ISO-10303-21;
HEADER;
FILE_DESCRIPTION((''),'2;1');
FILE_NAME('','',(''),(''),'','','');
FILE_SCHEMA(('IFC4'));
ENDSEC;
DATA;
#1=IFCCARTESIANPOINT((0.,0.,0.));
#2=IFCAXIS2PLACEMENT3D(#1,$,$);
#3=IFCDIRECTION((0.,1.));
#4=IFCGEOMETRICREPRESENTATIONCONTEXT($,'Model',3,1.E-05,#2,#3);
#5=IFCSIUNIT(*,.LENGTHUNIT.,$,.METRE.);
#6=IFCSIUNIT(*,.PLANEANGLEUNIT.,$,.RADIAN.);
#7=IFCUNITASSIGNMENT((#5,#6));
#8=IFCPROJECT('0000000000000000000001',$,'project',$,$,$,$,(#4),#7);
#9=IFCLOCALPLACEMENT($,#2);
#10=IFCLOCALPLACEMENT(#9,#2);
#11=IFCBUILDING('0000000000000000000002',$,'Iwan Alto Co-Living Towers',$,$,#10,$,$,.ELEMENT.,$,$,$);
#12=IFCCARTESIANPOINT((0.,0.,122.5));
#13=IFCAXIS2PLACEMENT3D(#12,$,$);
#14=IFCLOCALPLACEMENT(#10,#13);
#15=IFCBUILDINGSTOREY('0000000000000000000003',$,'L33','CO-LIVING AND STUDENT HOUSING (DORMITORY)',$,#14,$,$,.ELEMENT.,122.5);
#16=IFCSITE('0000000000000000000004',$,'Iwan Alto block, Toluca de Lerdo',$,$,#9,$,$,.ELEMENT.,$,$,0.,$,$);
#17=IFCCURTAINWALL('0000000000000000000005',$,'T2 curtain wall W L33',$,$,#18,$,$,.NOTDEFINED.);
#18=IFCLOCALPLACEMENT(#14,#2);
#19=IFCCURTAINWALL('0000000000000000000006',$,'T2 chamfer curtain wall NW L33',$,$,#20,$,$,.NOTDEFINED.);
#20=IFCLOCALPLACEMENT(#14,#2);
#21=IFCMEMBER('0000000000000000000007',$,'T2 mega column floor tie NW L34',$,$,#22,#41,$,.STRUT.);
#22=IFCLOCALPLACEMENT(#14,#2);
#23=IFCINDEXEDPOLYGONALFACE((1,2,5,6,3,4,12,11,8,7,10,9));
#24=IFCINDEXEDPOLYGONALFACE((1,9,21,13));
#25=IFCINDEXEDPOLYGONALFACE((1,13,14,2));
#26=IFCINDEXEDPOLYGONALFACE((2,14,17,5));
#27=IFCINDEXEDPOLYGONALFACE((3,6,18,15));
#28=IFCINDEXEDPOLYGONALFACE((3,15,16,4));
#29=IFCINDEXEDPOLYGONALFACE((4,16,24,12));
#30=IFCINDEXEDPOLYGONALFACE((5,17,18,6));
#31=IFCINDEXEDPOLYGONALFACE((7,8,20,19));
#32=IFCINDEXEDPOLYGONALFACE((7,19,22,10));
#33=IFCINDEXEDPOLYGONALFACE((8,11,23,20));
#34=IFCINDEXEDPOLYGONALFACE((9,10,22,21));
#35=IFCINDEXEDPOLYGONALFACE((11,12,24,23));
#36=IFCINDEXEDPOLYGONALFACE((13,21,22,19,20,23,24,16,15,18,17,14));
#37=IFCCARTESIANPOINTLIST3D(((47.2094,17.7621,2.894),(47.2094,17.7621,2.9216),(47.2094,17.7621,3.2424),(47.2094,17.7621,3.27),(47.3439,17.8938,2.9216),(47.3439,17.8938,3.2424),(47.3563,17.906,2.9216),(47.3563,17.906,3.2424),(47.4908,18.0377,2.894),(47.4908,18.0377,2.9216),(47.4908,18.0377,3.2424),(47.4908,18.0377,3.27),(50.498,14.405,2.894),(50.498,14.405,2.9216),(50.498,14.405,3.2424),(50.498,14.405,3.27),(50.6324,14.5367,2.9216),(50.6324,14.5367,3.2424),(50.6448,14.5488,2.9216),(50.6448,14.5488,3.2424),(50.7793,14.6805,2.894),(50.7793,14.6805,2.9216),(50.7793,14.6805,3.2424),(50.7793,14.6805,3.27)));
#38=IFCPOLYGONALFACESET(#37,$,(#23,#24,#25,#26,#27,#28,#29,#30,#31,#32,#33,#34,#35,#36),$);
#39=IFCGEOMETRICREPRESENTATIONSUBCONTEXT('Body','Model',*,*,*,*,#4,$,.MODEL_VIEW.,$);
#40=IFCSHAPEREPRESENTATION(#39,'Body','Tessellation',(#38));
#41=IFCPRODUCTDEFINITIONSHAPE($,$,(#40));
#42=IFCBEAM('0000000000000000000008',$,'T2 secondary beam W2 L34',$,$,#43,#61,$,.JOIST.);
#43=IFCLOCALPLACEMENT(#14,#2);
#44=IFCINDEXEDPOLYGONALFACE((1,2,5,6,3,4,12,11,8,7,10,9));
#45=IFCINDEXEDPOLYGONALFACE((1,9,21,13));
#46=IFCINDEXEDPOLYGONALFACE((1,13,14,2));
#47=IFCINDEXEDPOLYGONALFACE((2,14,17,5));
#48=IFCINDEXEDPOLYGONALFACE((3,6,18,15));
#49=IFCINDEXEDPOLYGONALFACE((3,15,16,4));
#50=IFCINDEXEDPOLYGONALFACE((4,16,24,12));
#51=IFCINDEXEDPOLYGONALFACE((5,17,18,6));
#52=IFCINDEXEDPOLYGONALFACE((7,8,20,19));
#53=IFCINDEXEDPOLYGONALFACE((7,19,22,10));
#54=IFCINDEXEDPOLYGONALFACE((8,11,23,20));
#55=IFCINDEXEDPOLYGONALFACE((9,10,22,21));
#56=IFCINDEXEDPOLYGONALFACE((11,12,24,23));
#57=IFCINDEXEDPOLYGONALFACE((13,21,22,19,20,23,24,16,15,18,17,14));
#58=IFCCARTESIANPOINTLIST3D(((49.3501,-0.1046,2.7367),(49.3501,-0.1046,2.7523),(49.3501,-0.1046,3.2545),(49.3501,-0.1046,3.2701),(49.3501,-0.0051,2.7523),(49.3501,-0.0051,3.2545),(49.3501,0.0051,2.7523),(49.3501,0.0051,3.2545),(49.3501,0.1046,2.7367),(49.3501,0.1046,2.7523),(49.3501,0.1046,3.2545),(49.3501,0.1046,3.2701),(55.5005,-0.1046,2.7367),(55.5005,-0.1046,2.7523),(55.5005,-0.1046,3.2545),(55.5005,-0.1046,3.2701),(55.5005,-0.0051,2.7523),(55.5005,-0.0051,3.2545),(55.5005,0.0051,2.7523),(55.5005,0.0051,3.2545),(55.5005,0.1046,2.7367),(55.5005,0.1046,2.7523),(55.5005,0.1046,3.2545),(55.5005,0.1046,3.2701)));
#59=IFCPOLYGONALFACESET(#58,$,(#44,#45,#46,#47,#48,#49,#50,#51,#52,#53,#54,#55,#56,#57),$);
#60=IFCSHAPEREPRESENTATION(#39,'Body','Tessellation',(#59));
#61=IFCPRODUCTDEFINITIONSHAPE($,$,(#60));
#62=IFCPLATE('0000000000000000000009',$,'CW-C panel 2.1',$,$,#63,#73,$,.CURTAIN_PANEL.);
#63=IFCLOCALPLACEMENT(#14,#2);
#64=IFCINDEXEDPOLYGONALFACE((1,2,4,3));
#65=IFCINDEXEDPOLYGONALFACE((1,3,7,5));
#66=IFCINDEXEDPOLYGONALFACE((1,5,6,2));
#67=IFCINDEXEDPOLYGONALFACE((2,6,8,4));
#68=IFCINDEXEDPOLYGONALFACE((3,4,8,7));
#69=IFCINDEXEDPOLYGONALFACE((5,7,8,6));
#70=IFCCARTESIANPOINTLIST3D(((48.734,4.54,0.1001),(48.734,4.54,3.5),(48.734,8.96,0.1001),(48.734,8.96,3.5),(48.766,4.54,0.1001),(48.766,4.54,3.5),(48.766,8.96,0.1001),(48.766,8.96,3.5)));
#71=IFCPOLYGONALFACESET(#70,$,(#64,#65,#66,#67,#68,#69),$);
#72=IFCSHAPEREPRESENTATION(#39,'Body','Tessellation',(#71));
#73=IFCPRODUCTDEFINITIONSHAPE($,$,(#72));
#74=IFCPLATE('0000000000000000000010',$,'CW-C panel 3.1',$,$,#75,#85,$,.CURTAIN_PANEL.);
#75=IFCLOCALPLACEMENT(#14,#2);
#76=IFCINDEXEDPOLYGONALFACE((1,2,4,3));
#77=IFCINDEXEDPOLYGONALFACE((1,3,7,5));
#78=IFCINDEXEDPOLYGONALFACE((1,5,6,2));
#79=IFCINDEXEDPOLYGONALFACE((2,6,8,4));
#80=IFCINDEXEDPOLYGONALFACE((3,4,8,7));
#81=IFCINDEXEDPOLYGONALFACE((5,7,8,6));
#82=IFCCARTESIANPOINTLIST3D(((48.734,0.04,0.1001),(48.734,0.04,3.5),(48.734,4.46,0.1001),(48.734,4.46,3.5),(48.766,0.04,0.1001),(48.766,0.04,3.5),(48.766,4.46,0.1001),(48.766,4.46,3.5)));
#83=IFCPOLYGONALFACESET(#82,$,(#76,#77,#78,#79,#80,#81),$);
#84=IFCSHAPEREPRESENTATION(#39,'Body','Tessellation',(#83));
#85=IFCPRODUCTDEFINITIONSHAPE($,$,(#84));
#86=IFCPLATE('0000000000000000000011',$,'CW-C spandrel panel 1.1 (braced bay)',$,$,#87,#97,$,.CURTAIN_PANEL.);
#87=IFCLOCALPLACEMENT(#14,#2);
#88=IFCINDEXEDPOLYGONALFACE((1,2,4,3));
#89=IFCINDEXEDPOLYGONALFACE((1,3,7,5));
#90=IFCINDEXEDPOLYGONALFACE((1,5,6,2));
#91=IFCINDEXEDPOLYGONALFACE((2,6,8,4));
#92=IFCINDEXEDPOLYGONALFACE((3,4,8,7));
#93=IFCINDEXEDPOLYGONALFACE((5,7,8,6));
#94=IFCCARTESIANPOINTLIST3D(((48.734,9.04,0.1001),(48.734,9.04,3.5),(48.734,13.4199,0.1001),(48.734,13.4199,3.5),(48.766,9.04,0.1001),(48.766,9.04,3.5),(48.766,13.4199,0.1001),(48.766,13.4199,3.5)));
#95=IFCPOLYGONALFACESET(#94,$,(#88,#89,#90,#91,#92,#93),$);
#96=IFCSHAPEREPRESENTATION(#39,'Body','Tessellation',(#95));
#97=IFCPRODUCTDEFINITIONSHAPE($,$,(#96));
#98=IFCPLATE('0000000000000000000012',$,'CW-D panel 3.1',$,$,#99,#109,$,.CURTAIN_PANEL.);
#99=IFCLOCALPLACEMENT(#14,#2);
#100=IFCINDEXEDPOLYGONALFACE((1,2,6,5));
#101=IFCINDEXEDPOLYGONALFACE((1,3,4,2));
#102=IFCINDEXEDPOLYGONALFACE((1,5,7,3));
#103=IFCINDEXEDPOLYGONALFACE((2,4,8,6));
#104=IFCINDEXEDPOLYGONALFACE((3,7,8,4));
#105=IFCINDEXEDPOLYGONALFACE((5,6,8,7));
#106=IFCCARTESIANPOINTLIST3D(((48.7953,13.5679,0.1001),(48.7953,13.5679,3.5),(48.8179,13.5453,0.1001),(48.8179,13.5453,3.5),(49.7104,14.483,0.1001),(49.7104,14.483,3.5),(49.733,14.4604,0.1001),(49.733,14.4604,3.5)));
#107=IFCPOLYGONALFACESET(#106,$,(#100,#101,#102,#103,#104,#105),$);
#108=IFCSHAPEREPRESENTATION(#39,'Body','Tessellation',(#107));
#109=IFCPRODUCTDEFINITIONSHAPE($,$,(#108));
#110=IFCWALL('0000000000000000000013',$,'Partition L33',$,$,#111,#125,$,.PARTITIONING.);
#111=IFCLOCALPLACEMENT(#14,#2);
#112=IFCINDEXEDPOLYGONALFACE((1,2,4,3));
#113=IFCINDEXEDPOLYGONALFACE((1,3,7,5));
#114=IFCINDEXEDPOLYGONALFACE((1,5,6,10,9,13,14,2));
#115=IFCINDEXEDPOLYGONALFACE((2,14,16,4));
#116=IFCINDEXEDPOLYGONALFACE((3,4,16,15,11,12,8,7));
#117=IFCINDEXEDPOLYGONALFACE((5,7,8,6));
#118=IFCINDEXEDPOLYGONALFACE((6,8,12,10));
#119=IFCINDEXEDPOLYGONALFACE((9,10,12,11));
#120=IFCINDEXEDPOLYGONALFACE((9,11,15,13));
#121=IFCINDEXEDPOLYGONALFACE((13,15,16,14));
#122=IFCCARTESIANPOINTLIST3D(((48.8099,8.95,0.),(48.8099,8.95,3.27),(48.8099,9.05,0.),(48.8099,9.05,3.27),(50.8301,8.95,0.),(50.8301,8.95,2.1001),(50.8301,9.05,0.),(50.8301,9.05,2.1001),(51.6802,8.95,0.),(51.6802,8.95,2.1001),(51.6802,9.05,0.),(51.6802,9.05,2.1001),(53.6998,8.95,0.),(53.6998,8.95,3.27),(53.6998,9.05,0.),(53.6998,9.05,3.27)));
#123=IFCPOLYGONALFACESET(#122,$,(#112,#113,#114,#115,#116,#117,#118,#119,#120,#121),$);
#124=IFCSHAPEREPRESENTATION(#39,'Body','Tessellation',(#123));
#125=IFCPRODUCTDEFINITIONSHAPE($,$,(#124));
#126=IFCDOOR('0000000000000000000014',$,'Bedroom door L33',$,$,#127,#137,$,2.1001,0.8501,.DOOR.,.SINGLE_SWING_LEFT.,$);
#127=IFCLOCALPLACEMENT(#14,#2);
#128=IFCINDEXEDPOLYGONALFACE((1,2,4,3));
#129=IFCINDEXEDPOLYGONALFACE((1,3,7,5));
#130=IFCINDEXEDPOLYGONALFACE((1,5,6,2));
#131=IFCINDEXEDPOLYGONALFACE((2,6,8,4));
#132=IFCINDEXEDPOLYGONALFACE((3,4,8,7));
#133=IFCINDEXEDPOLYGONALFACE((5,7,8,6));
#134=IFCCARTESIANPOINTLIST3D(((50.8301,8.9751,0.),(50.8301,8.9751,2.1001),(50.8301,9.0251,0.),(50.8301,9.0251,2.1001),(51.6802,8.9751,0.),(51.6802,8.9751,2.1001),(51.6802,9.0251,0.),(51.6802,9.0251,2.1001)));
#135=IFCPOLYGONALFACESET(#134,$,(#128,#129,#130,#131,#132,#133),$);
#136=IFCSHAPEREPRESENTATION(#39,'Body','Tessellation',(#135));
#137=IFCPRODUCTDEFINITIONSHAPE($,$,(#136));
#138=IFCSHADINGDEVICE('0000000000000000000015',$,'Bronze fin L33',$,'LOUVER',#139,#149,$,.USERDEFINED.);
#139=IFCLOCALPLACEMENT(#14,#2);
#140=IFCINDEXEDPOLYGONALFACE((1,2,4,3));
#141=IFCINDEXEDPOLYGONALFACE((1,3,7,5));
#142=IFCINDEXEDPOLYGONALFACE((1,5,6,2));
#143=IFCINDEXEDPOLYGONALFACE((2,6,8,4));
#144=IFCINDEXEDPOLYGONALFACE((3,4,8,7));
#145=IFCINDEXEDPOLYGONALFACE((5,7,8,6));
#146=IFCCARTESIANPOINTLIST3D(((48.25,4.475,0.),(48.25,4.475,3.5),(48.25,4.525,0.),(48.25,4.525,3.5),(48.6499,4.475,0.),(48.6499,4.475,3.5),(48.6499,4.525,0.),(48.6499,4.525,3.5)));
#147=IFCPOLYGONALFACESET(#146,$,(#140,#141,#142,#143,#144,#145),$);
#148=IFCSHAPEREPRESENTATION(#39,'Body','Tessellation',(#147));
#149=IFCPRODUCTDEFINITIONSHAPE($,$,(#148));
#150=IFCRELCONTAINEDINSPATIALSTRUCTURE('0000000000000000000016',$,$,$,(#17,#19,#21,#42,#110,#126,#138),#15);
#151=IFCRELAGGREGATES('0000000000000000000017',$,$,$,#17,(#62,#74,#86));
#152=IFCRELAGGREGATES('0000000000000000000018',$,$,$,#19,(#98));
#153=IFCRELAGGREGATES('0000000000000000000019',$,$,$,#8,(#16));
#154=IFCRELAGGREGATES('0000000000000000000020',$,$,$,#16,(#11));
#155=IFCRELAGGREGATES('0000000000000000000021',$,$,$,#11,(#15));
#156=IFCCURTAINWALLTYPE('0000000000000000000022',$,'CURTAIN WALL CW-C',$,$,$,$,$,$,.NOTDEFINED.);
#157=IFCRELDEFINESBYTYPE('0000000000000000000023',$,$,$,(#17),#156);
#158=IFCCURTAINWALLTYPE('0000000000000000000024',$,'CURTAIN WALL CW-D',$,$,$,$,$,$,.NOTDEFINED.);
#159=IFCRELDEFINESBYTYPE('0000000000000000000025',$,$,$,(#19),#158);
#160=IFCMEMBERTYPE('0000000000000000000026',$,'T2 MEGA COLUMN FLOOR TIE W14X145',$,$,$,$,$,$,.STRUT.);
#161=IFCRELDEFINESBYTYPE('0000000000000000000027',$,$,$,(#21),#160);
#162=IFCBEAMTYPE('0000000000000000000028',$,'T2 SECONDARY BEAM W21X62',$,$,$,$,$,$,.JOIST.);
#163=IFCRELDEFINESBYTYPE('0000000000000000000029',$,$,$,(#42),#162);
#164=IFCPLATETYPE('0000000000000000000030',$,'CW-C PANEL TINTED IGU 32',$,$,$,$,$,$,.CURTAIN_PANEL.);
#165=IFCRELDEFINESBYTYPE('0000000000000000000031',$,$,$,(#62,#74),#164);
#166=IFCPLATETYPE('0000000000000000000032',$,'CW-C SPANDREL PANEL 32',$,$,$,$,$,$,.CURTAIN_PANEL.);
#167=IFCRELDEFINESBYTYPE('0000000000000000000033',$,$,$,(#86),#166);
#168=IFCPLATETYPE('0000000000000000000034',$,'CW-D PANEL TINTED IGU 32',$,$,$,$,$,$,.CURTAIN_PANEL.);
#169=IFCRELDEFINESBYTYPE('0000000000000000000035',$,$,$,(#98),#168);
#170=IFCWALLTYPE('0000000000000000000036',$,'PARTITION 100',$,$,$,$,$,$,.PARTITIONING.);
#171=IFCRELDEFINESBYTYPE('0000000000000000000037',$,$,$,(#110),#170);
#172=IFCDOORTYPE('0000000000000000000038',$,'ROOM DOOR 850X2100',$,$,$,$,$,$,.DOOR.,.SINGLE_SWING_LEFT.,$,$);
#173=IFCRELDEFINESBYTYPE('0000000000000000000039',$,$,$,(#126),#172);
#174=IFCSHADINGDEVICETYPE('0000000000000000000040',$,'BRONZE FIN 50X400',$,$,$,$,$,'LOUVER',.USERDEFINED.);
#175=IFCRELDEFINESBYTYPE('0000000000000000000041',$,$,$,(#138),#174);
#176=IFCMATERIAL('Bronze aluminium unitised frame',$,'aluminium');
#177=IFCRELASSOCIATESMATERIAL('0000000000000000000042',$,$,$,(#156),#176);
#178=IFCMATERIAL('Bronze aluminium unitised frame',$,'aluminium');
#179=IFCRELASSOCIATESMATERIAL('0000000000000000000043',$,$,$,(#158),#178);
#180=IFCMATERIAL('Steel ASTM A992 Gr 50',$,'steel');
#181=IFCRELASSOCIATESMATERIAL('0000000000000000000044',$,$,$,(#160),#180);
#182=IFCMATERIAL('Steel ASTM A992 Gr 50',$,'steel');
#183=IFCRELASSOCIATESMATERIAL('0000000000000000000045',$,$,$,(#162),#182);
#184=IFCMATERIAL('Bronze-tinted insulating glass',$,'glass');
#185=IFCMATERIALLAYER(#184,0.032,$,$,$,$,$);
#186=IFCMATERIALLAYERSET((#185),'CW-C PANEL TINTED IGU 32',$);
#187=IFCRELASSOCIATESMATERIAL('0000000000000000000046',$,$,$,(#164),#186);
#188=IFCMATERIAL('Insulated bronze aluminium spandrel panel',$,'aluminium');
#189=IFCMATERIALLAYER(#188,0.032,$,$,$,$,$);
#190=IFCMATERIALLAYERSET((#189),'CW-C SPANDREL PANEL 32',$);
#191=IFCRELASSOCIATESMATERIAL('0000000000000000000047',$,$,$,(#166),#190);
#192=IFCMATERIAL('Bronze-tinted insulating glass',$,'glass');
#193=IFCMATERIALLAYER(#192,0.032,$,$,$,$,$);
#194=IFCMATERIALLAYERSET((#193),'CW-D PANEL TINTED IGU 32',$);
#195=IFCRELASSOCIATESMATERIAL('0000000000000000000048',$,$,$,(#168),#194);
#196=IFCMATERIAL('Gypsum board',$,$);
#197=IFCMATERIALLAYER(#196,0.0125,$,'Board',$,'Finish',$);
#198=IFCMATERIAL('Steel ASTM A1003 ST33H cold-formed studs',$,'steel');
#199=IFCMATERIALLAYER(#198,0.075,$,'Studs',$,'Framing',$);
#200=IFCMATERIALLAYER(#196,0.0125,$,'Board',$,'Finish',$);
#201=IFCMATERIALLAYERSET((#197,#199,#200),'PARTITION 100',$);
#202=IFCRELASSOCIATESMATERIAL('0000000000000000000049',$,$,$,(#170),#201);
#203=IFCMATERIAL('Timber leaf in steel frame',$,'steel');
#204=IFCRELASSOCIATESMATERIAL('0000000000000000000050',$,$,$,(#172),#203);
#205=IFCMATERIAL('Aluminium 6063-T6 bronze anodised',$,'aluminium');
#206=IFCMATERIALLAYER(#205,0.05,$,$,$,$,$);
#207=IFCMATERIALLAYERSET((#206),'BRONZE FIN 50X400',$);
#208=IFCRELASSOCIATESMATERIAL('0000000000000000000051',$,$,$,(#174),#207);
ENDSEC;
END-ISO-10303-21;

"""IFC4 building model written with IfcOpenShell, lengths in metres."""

from ifc_helpers import new_model, si_unit, direction, frame, frame_2d, origin, origin_2d, place, context, subcontext, project, spatial, rectangle, i_section, extrude, material, layer, layer_set, material_profile, profile_set, type_object, element, fill, aggregate, save


model = new_model("IFC4")

# Units and contexts
model_context = context("Model", 3, precision=1e-05, world=origin(), true_north=direction((0.0, 1.0)))
body_context = subcontext(model_context, "Body", "Model", "MODEL_VIEW")
ifc_project = project(units=[si_unit("LENGTHUNIT", "METRE"), si_unit("PLANEANGLEUNIT", "RADIAN")], contexts=[model_context])

# Site, building, storey
site_placement = place(None, origin())
site = spatial("IfcSite", under=ifc_project, at=site_placement, Name="Iwan Alto block, Toluca de Lerdo", CompositionType="ELEMENT", RefElevation=0.0)
building_placement = place(site_placement, origin())
building = spatial("IfcBuilding", under=site, at=building_placement, Name="Iwan Alto Co-Living Towers", CompositionType="ELEMENT")
storey_placement = place(building_placement, frame((0.0, 0.0, 122.5)))
storey = spatial("IfcBuildingStorey", under=building, at=storey_placement, Name="L33", Description="CO-LIVING AND STUDENT HOUSING (DORMITORY)", CompositionType="ELEMENT", Elevation=122.5)

# Curtain wall
ifc_material_1 = material(Name="Bronze aluminium unitised frame", Category="aluminium")
curtain_wall_type_1 = type_object("IfcCurtainWallType", Name="CURTAIN WALL CW-C", PredefinedType="NOTDEFINED", material=ifc_material_1)
curtain_wall_1_placement = place(storey_placement, origin())
curtain_wall_1 = element("IfcCurtainWall", 1, at=curtain_wall_1_placement, inside=storey, type_object=curtain_wall_type_1, Name="T2 curtain wall W L33", PredefinedType="NOTDEFINED")

# Curtain wall
ifc_material_2 = material(Name="Bronze aluminium unitised frame", Category="aluminium")
curtain_wall_type_2 = type_object("IfcCurtainWallType", Name="CURTAIN WALL CW-D", PredefinedType="NOTDEFINED", material=ifc_material_2)
curtain_wall_2_placement = place(storey_placement, origin())
curtain_wall_2 = element("IfcCurtainWall", 2, at=curtain_wall_2_placement, inside=storey, type_object=curtain_wall_type_2, Name="T2 chamfer curtain wall NW L33", PredefinedType="NOTDEFINED")

# Member
ifc_material_3 = material(Name="Steel ASTM A992 Gr 50", Category="steel")
ifc_material_profile_1 = material_profile(ifc_material_3, i_section(OverallWidth=0.3938, OverallDepth=0.376, WebThickness=0.0173, FlangeThickness=0.0276, at=origin_2d()), Name="W14X145")
ifc_profile_set_1 = profile_set([ifc_material_profile_1], Name="Steel ASTM A992 Gr 50")
member_type_1 = type_object("IfcMemberType", Name="T2 MEGA COLUMN FLOOR TIE W14X145", PredefinedType="STRUT", material=ifc_profile_set_1)
member_1_placement = place(storey_placement, frame((47.3501, 17.8999, 3.082), z_axis=(0.69977, -0.714368, 0.0), x_axis=(0.714368, 0.69977, 0.0)))
element("IfcMember", 3, at=member_1_placement, inside=storey, type_object=member_type_1, Name="T2 mega column floor tie NW L34", PredefinedType="STRUT", context=body_context, shape_type="SweptSolid", body=[
    extrude(i_section(OverallWidth=0.3938, OverallDepth=0.376, WebThickness=0.0173, FlangeThickness=0.0276, at=origin_2d()), origin(), (0.0, 0.0, 1.0), 4.6995),
])

# Beam
ifc_material_4 = material(Name="Steel ASTM A992 Gr 50", Category="steel")
ifc_material_profile_2 = material_profile(ifc_material_4, i_section(OverallWidth=0.2092, OverallDepth=0.5334, WebThickness=0.0103, FlangeThickness=0.0156, at=origin_2d()), Name="W21X62")
ifc_profile_set_2 = profile_set([ifc_material_profile_2], Name="Steel ASTM A992 Gr 50")
beam_type = type_object("IfcBeamType", Name="T2 SECONDARY BEAM W21X62", PredefinedType="JOIST", material=ifc_profile_set_2)
beam_placement = place(storey_placement, frame((49.3501, 0.0, 3.0034), z_axis=(1.0, 0.0, 0.0), x_axis=(0.0, 1.0, 0.0)))
element("IfcBeam", 4, at=beam_placement, inside=storey, type_object=beam_type, Name="T2 secondary beam W2 L34", PredefinedType="JOIST", context=body_context, shape_type="SweptSolid", body=[
    extrude(i_section(OverallWidth=0.2092, OverallDepth=0.5334, WebThickness=0.0103, FlangeThickness=0.0156, at=origin_2d()), origin(), (0.0, 0.0, 1.0), 6.1504),
])

# Plates
ifc_material_5 = material(Name="Bronze-tinted insulating glass", Category="glass")
ifc_layer_1 = layer(ifc_material_5, 0.032)
ifc_layer_set_1 = layer_set([ifc_layer_1], Name="CW-C PANEL TINTED IGU 32")
plate_type_1 = type_object("IfcPlateType", Name="CW-C PANEL TINTED IGU 32", PredefinedType="CURTAIN_PANEL", material=ifc_layer_set_1)
plate_1_placement = place(storey_placement, frame((48.75, 6.75, 0.1001), z_axis=(0.0, 0.0, 1.0), x_axis=(0.0, -1.0, 0.0)))
plate_1 = element("IfcPlate", 5, at=plate_1_placement, type_object=plate_type_1, Name="CW-C panel 2.1", PredefinedType="CURTAIN_PANEL", context=body_context, shape_type="SweptSolid", body=[
    extrude(rectangle(XDim=4.4199, YDim=0.032, at=origin_2d()), origin(), (0.0, 0.0, 1.0), 3.3999),
])
plate_2_placement = place(storey_placement, frame((48.75, 2.25, 0.1001), z_axis=(0.0, 0.0, 1.0), x_axis=(0.0, -1.0, 0.0)))
plate_2 = element("IfcPlate", 6, at=plate_2_placement, type_object=plate_type_1, Name="CW-C panel 3.1", PredefinedType="CURTAIN_PANEL", context=body_context, shape_type="SweptSolid", body=[
    extrude(rectangle(XDim=4.4199, YDim=0.032, at=origin_2d()), origin(), (0.0, 0.0, 1.0), 3.3999),
])
ifc_material_6 = material(Name="Insulated bronze aluminium spandrel panel", Category="aluminium")
ifc_layer_2 = layer(ifc_material_6, 0.032)
ifc_layer_set_2 = layer_set([ifc_layer_2], Name="CW-C SPANDREL PANEL 32")
plate_type_2 = type_object("IfcPlateType", Name="CW-C SPANDREL PANEL 32", PredefinedType="CURTAIN_PANEL", material=ifc_layer_set_2)
plate_3_placement = place(storey_placement, frame((48.75, 11.23, 0.1001), z_axis=(0.0, 0.0, 1.0), x_axis=(0.0, -1.0, 0.0)))
plate_3 = element("IfcPlate", 7, at=plate_3_placement, type_object=plate_type_2, Name="CW-C spandrel panel 1.1 (braced bay)", PredefinedType="CURTAIN_PANEL", context=body_context, shape_type="SweptSolid", body=[
    extrude(rectangle(XDim=4.3799, YDim=0.032, at=origin_2d()), origin(), (0.0, 0.0, 1.0), 3.3999),
])
aggregate(curtain_wall_1, [plate_1, plate_2, plate_3])
ifc_material_7 = material(Name="Bronze-tinted insulating glass", Category="glass")
ifc_layer_3 = layer(ifc_material_7, 0.032)
ifc_layer_set_3 = layer_set([ifc_layer_3], Name="CW-D PANEL TINTED IGU 32")
plate_type_3 = type_object("IfcPlateType", Name="CW-D PANEL TINTED IGU 32", PredefinedType="CURTAIN_PANEL", material=ifc_layer_set_3)
plate_4_placement = place(storey_placement, frame((49.2642, 14.0142, 0.1001), z_axis=(0.0, 0.0, 1.0), x_axis=(-0.707107, -0.707107, 0.0)))
plate_4 = element("IfcPlate", 8, at=plate_4_placement, type_object=plate_type_3, Name="CW-D panel 3.1", PredefinedType="CURTAIN_PANEL", context=body_context, shape_type="SweptSolid", body=[
    extrude(rectangle(XDim=1.2942, YDim=0.032, at=origin_2d()), origin(), (0.0, 0.0, 1.0), 3.3999),
])
aggregate(curtain_wall_2, [plate_4])

# Wall, opening, door
ifc_material_8 = material(Name="Gypsum board")
ifc_layer_4 = layer(ifc_material_8, 0.0125, Name="Board", Category="Finish")
ifc_material_9 = material(Name="Steel ASTM A1003 ST33H cold-formed studs", Category="steel")
ifc_layer_5 = layer(ifc_material_9, 0.075, Name="Studs", Category="Framing")
ifc_layer_6 = layer(ifc_material_8, 0.0125, Name="Board", Category="Finish")
ifc_layer_set_4 = layer_set([ifc_layer_4, ifc_layer_5, ifc_layer_6], Name="PARTITION 100")
wall_type = type_object("IfcWallType", Name="PARTITION 100", PredefinedType="PARTITIONING", material=ifc_layer_set_4)
wall_placement = place(storey_placement, frame((48.8101, 9.0, 0.0), z_axis=(0.0, 0.0, 1.0), x_axis=(1.0, 0.0, 0.0)))
wall = element("IfcWall", 9, at=wall_placement, inside=storey, type_object=wall_type, Name="Partition L33", PredefinedType="PARTITIONING", context=body_context, shape_type="SweptSolid", body=[
    extrude(rectangle(XDim=4.8899, YDim=0.1001, at=frame_2d((2.4448, 0.0))), origin(), (0.0, 0.0, 1.0), 3.27),
])
opening_placement = place(wall_placement, frame((2.02, 0.0, 0.0)))
opening = element("IfcOpeningElement", 10, at=opening_placement, cuts=wall, PredefinedType="OPENING", context=body_context, shape_type="SweptSolid", body=[
    extrude(rectangle(XDim=0.8501, YDim=2.1001, at=frame_2d((0.425, 1.05))), frame((0.0, 0.0601, 0.0), z_axis=(0.0, -1.0, 0.0), x_axis=(1.0, 0.0, 0.0)), (0.0, 0.0, 1.0), 0.1201),
])
ifc_material_10 = material(Name="Timber leaf in steel frame", Category="steel")
door_type = type_object("IfcDoorType", Name="ROOM DOOR 850X2100", OperationType="SINGLE_SWING_LEFT", PredefinedType="DOOR", material=ifc_material_10)
door_placement = place(opening_placement, frame((0.8501, 0.0, 0.0), z_axis=(0.0, 0.0, 1.0), x_axis=(-1.0, 0.0, 0.0)))
door = element("IfcDoor", 11, at=door_placement, inside=storey, type_object=door_type, Name="Bedroom door L33", OperationType="SINGLE_SWING_LEFT", OverallHeight=2.1001, OverallWidth=0.8501, PredefinedType="DOOR", context=body_context, shape_type="SweptSolid", body=[
    extrude(rectangle(XDim=0.8501, YDim=2.1001, at=frame_2d((0.425, 1.05))), frame((0.0, 0.0249, 0.0), z_axis=(0.0, -1.0, 0.0), x_axis=(1.0, 0.0, 0.0)), (0.0, 0.0, 1.0), 0.05),
])
fill(opening, door)

# Shading device
ifc_material_11 = material(Name="Aluminium 6063-T6 bronze anodised", Category="aluminium")
ifc_layer_7 = layer(ifc_material_11, 0.05)
ifc_layer_set_5 = layer_set([ifc_layer_7], Name="BRONZE FIN 50X400")
shading_device_type = type_object("IfcShadingDeviceType", Name="BRONZE FIN 50X400", ElementType="LOUVER", PredefinedType="USERDEFINED", material=ifc_layer_set_5)
shading_device_placement = place(storey_placement, frame((48.45, 4.5, 0.0), z_axis=(0.0, 0.0, 1.0), x_axis=(0.0, -1.0, 0.0)))
element("IfcShadingDevice", 12, at=shading_device_placement, inside=storey, type_object=shading_device_type, Name="Bronze fin L33", ObjectType="LOUVER", PredefinedType="USERDEFINED", context=body_context, shape_type="SweptSolid", body=[
    extrude(rectangle(XDim=0.05, YDim=0.3999, at=origin_2d()), origin(), (0.0, 0.0, 1.0), 3.5),
])

save(model, "model.ifc")
